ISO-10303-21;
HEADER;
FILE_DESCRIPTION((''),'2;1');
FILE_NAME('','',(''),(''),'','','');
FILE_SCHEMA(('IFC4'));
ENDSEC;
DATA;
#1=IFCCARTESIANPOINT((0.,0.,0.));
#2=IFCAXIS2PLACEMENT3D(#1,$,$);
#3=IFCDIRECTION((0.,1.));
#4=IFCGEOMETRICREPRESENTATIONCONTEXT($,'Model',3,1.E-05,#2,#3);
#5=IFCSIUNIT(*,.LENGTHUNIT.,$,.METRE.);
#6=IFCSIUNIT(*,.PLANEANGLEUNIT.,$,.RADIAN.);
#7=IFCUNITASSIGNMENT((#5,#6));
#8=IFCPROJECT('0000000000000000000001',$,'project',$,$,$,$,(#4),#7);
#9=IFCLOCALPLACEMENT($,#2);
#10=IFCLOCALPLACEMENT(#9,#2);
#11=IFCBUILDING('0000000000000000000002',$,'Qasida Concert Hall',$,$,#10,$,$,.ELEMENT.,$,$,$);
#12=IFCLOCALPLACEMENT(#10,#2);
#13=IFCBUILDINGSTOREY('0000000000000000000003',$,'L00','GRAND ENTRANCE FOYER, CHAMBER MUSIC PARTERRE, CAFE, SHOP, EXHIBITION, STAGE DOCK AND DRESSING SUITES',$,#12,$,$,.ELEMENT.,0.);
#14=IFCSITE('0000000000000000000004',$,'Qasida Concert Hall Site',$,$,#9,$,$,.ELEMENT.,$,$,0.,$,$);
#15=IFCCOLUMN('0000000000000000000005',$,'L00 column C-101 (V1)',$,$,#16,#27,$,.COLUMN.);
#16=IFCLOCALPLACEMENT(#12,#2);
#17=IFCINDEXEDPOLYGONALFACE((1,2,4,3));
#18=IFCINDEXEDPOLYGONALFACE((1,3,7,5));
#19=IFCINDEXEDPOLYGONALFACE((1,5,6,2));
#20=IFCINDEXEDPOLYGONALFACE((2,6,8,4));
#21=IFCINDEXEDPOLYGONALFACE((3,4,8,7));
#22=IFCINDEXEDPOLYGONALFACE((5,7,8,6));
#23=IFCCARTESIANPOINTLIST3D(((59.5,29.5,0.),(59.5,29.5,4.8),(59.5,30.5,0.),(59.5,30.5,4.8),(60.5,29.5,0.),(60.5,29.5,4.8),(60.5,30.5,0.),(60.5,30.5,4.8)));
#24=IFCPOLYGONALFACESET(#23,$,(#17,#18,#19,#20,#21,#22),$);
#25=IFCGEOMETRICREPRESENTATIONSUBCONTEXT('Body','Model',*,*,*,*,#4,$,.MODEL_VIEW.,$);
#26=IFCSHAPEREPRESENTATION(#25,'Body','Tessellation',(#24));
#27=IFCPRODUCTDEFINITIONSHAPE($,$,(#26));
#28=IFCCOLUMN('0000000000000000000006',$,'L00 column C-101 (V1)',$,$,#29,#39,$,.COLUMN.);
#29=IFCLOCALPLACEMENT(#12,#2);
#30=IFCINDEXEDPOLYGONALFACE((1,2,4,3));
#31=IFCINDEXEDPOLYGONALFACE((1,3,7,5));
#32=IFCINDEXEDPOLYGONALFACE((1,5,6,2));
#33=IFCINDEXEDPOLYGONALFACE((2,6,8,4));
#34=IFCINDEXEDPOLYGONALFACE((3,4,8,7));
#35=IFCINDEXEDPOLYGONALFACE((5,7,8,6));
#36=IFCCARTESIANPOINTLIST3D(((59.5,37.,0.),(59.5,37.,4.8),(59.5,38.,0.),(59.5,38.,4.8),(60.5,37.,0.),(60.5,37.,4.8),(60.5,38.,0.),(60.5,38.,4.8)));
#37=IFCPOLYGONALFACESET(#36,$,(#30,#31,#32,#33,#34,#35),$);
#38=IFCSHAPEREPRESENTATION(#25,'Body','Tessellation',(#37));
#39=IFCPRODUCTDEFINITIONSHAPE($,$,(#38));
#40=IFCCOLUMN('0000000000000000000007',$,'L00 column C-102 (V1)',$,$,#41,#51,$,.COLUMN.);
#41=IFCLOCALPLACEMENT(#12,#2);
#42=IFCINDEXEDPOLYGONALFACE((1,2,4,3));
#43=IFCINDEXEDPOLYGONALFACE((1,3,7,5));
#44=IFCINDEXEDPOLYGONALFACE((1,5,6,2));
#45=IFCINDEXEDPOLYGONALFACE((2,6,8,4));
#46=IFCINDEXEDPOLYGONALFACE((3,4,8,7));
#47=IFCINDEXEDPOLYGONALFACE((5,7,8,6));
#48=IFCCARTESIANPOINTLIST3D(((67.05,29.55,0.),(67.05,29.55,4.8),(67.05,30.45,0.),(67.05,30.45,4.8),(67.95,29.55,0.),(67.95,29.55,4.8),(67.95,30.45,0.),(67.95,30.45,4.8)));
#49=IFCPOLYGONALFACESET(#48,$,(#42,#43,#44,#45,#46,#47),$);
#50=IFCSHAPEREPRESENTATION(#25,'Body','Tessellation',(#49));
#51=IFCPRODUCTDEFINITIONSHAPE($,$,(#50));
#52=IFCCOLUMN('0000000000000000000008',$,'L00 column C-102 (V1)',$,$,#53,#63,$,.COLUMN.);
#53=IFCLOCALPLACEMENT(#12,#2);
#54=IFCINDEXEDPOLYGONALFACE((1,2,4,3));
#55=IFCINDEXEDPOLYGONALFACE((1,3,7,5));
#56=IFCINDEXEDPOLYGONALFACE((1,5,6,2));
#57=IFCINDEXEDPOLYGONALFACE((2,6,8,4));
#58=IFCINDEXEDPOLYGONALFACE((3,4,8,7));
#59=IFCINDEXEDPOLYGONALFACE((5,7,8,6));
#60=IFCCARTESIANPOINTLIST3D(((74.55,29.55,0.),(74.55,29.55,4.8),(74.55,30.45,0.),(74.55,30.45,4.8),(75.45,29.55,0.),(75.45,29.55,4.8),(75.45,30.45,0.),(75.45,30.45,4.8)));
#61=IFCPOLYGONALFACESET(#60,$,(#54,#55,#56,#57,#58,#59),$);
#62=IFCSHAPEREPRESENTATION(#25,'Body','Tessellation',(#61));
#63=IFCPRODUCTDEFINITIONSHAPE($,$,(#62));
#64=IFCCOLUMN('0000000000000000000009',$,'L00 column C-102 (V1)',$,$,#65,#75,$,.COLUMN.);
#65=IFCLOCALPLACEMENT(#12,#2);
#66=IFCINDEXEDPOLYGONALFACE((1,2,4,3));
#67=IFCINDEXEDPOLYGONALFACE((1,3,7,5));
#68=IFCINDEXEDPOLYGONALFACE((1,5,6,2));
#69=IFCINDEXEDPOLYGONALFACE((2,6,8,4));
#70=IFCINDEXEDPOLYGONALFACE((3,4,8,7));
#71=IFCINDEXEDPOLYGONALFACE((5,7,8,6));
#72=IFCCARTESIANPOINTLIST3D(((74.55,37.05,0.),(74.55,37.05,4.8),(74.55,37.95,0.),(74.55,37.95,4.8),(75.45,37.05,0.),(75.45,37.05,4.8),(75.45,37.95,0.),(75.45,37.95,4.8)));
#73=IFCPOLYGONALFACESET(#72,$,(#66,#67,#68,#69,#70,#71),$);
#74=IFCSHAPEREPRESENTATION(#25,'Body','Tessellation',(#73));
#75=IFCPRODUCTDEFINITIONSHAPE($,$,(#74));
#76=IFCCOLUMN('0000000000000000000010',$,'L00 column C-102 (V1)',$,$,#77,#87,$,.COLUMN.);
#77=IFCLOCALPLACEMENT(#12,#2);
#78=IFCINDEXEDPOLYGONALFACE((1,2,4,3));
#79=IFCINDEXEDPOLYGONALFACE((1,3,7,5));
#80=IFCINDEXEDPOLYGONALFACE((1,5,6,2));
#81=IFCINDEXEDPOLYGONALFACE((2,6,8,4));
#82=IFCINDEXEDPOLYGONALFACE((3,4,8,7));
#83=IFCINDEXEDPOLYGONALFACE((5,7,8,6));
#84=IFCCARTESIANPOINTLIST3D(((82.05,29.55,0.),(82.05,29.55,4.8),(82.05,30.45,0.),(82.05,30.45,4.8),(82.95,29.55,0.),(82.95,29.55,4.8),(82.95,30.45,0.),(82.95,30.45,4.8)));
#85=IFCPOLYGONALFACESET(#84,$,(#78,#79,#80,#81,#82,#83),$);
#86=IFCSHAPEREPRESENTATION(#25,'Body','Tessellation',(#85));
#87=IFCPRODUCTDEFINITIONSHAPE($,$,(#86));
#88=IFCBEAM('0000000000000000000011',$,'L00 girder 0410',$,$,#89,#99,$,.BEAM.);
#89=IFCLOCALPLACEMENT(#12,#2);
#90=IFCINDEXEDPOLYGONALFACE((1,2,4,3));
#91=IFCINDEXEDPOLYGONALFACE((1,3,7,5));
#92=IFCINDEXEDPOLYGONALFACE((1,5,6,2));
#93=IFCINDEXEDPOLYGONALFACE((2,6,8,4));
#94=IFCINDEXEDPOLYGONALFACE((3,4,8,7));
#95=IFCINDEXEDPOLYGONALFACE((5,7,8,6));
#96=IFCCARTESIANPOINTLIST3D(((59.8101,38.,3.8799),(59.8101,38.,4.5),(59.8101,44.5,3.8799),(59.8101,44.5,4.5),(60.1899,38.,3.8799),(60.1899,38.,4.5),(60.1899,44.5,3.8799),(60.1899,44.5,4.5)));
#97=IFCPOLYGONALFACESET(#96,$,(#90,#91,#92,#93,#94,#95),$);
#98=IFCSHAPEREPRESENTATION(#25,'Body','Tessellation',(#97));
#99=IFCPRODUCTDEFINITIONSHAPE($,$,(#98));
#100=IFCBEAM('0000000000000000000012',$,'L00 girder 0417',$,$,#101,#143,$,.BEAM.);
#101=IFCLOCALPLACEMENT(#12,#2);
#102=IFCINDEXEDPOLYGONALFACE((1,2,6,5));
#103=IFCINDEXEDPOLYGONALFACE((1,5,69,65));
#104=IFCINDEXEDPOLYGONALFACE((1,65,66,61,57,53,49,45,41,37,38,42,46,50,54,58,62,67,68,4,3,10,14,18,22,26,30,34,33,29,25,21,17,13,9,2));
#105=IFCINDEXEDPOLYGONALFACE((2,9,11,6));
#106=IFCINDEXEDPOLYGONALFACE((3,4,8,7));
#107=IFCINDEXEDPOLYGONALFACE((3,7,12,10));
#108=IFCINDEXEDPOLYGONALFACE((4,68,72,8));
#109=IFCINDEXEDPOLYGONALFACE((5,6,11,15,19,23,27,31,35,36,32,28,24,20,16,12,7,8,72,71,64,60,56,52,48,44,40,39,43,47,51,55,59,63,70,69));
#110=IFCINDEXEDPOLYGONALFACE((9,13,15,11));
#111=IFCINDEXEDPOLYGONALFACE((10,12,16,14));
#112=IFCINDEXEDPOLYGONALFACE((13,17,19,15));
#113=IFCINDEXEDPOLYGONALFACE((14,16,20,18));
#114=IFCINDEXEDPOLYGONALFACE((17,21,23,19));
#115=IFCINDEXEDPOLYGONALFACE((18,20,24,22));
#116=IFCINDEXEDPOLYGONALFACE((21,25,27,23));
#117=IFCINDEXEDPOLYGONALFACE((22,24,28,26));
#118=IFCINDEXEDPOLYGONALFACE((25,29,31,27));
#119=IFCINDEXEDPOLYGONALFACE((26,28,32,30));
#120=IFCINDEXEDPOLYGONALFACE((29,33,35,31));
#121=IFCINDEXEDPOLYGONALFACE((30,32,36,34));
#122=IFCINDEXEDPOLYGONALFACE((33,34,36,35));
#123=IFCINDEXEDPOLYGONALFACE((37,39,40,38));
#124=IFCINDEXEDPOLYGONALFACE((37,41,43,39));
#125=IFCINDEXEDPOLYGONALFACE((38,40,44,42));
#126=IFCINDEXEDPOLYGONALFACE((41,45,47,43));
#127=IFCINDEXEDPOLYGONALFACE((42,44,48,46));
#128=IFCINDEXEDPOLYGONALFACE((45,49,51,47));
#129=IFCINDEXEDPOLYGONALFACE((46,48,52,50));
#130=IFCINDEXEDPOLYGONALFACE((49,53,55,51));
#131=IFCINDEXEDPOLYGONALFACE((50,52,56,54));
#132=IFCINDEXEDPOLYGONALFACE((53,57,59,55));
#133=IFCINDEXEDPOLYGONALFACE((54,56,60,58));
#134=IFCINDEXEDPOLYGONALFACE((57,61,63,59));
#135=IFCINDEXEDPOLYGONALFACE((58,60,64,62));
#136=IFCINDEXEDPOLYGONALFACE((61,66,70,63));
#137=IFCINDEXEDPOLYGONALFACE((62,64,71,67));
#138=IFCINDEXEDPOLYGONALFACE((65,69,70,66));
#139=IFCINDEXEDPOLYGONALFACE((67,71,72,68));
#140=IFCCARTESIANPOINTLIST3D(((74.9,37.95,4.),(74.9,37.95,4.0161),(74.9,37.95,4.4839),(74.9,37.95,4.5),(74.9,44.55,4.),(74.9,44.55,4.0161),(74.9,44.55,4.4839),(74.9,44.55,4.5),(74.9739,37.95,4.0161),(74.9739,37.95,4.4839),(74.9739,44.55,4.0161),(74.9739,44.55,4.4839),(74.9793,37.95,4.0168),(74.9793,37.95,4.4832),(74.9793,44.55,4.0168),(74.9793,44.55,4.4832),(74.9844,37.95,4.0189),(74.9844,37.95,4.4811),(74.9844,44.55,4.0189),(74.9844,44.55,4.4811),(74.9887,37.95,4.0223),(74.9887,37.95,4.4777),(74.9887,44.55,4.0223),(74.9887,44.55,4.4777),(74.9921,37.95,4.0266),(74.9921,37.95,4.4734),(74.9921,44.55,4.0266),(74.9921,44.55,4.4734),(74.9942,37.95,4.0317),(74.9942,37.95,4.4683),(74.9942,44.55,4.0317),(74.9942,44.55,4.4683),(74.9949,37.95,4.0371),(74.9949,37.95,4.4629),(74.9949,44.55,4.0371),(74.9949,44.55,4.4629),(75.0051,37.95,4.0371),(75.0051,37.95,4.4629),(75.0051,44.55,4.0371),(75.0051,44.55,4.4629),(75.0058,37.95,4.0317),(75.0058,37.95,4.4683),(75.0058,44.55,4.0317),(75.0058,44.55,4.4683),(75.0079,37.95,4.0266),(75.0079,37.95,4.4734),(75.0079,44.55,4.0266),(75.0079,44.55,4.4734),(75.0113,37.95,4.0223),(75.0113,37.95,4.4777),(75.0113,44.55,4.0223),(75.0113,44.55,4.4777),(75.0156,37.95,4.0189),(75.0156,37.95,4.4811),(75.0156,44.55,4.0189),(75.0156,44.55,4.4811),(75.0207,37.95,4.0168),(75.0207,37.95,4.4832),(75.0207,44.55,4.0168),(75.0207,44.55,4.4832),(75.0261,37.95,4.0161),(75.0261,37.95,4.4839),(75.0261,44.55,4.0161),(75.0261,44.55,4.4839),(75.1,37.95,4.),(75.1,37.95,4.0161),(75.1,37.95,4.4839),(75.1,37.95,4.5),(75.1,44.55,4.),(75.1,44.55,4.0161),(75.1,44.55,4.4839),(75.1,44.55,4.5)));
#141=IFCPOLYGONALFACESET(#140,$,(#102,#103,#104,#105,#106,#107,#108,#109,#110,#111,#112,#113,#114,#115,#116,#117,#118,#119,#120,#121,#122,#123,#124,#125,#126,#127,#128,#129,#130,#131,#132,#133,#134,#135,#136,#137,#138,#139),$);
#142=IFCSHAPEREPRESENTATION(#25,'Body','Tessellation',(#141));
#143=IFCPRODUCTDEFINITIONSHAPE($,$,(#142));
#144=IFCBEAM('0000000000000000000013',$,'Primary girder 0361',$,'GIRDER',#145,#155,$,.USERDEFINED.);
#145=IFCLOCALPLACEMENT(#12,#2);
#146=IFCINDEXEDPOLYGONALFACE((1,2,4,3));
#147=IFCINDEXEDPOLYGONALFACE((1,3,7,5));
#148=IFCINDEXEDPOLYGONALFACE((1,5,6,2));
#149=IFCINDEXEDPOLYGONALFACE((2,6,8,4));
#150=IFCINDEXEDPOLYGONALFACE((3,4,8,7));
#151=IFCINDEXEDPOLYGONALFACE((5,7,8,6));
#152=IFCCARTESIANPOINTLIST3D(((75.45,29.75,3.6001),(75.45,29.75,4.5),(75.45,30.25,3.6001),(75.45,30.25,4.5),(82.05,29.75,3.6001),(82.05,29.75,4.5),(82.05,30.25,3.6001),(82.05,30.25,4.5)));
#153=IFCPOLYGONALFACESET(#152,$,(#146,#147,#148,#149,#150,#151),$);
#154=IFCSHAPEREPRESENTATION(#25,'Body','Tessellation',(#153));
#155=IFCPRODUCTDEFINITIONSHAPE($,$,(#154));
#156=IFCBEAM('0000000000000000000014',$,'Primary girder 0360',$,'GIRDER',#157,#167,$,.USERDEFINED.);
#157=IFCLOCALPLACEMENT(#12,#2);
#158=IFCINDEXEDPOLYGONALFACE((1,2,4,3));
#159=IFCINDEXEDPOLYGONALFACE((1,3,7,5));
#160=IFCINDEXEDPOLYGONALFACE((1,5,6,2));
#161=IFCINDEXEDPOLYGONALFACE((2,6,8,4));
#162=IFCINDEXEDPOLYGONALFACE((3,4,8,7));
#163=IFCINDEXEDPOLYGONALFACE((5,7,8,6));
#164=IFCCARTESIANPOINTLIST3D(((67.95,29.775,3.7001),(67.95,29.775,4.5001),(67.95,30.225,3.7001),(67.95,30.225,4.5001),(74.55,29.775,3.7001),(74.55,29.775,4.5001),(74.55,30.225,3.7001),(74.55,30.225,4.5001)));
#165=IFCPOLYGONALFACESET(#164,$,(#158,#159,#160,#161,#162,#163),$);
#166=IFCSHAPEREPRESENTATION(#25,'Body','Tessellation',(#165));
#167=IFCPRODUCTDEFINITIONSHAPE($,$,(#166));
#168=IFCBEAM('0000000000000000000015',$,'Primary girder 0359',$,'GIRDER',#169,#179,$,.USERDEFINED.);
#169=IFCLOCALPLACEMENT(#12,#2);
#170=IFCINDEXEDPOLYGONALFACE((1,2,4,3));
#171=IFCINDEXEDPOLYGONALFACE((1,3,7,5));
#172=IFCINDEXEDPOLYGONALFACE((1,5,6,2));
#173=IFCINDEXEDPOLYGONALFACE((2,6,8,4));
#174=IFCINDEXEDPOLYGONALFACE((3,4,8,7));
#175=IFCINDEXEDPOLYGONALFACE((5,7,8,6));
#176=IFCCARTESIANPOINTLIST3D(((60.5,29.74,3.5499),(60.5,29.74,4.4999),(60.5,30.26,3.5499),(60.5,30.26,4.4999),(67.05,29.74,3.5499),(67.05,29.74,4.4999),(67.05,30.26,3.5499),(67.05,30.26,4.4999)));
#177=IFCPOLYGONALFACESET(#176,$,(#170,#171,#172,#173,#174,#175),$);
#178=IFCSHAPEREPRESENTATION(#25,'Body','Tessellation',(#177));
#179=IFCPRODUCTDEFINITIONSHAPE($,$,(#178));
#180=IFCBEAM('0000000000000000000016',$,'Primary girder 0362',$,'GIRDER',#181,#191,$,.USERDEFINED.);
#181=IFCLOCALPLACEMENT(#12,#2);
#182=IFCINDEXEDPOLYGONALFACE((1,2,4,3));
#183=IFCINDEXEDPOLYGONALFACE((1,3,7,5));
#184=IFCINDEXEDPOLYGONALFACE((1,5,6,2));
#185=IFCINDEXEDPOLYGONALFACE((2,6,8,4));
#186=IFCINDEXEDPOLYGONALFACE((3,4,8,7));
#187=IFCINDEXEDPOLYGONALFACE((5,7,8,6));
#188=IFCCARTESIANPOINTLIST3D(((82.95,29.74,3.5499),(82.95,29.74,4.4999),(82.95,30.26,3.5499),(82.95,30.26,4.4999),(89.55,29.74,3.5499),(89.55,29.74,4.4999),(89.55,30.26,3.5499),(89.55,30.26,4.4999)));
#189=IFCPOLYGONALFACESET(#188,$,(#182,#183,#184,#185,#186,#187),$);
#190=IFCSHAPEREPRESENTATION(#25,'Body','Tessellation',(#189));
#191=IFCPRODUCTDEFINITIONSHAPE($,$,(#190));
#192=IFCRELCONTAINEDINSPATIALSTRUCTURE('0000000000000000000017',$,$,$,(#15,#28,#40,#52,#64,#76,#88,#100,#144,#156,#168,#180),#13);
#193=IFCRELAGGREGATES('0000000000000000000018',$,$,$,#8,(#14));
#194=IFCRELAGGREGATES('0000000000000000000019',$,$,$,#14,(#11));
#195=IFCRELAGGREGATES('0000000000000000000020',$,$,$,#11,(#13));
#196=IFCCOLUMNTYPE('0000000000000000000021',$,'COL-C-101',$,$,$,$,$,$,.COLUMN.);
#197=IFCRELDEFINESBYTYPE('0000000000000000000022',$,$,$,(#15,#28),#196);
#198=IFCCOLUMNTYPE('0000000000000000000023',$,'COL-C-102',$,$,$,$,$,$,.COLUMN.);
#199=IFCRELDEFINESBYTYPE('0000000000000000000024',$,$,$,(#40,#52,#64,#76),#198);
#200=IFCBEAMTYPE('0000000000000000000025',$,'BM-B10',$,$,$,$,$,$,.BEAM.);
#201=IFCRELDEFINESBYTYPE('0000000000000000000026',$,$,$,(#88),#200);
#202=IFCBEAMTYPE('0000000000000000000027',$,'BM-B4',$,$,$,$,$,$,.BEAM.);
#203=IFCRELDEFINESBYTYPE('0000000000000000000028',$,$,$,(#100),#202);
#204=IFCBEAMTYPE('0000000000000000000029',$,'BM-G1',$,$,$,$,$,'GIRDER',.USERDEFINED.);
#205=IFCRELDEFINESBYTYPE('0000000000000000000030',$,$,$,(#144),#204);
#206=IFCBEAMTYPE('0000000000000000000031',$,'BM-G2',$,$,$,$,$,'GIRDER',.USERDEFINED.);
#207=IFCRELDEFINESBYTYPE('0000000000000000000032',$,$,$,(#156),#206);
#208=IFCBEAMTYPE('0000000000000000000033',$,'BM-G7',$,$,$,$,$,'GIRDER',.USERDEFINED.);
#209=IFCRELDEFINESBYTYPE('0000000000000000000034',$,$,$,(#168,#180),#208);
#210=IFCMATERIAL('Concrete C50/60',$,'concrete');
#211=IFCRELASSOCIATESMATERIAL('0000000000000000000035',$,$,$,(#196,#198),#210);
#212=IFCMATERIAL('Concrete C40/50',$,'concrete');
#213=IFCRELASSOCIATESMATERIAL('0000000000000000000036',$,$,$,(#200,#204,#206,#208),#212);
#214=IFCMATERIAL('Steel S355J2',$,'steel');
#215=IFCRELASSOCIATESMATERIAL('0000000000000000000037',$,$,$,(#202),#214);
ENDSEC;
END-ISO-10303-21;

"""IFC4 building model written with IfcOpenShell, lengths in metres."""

from ifc_helpers import new_model, si_unit, direction, frame, origin, origin_2d, place, context, subcontext, project, spatial, rectangle, i_section, extrude, material, material_profile, profile_set, type_object, element, save


model = new_model("IFC4")

# Units and contexts
model_context = context("Model", 3, precision=1e-05, world=origin(), true_north=direction((0.0, 1.0)))
body_context = subcontext(model_context, "Body", "Model", "MODEL_VIEW")
ifc_project = project(units=[si_unit("LENGTHUNIT", "METRE"), si_unit("PLANEANGLEUNIT", "RADIAN")], contexts=[model_context])

# Site, building, storey
site_placement = place(None, origin())
site = spatial("IfcSite", under=ifc_project, at=site_placement, Name="Qasida Concert Hall Site", CompositionType="ELEMENT", RefElevation=0.0)
building_placement = place(site_placement, origin())
building = spatial("IfcBuilding", under=site, at=building_placement, Name="Qasida Concert Hall", CompositionType="ELEMENT")
storey_placement = place(building_placement, origin())
storey = spatial("IfcBuildingStorey", under=building, at=storey_placement, Name="L00", Description="GRAND ENTRANCE FOYER, CHAMBER MUSIC PARTERRE, CAFE, SHOP, EXHIBITION, STAGE DOCK AND DRESSING SUITES", CompositionType="ELEMENT", Elevation=0.0)

# Columns
ifc_material_1 = material(Name="Concrete C50/60", Category="concrete")
ifc_material_profile_1 = material_profile(ifc_material_1, rectangle(XDim=1.0, YDim=1.0, at=origin_2d()), Name="RC 1000x1000")
ifc_profile_set_1 = profile_set([ifc_material_profile_1], Name="Concrete C50/60")
column_type_1 = type_object("IfcColumnType", Name="COL-C-101", PredefinedType="COLUMN", material=ifc_profile_set_1)
for number, where, z_axis, x_axis, name in (
    (1, (60.0, 30.0, 0.0), (0.0, 0.0, 1.0), (1.0, 0.0, 0.0), "L00 column C-101 (V1)"),
    (2, (60.0, 37.5, 0.0), (0.0, 0.0, 1.0), (1.0, 0.0, 0.0), "L00 column C-101 (V1)"),
):
    element("IfcColumn", number, at=place(storey_placement, frame(where, z_axis=z_axis, x_axis=x_axis)), inside=storey, type_object=column_type_1, Name=name, PredefinedType="COLUMN", context=body_context, shape_type="SweptSolid", body=[
        extrude(rectangle(XDim=1.0, YDim=1.0, at=origin_2d()), origin(), (0.0, 0.0, 1.0), 4.8),
    ])
ifc_material_profile_2 = material_profile(ifc_material_1, rectangle(XDim=0.8999, YDim=0.8999, at=origin_2d()), Name="RC 900x900")
ifc_profile_set_2 = profile_set([ifc_material_profile_2], Name="Concrete C50/60")
column_type_2 = type_object("IfcColumnType", Name="COL-C-102", PredefinedType="COLUMN", material=ifc_profile_set_2)
for number, where, z_axis, x_axis, name in (
    (3, (67.5, 30.0, 0.0), (0.0, 0.0, 1.0), (1.0, 0.0, 0.0), "L00 column C-102 (V1)"),
    (4, (75.0, 30.0, 0.0), (0.0, 0.0, 1.0), (1.0, 0.0, 0.0), "L00 column C-102 (V1)"),
    (5, (75.0, 37.5, 0.0), (0.0, 0.0, 1.0), (1.0, 0.0, 0.0), "L00 column C-102 (V1)"),
    (6, (82.5, 30.0, 0.0), (0.0, 0.0, 1.0), (1.0, 0.0, 0.0), "L00 column C-102 (V1)"),
):
    element("IfcColumn", number, at=place(storey_placement, frame(where, z_axis=z_axis, x_axis=x_axis)), inside=storey, type_object=column_type_2, Name=name, PredefinedType="COLUMN", context=body_context, shape_type="SweptSolid", body=[
        extrude(rectangle(XDim=0.8999, YDim=0.8999, at=origin_2d()), origin(), (0.0, 0.0, 1.0), 4.8),
    ])

# Beams
ifc_material_2 = material(Name="Concrete C40/50", Category="concrete")
ifc_material_profile_3 = material_profile(ifc_material_2, rectangle(XDim=0.3799, YDim=0.6201, at=origin_2d()), Name="RC 380x620")
ifc_profile_set_3 = profile_set([ifc_material_profile_3], Name="Concrete C40/50")
beam_type_1 = type_object("IfcBeamType", Name="BM-B10", PredefinedType="BEAM", material=ifc_profile_set_3)
beam_1_placement = place(storey_placement, frame((60.0, 38.0, 4.1899), z_axis=(0.0, 1.0, 0.0), x_axis=(-1.0, 0.0, 0.0)))
element("IfcBeam", 7, at=beam_1_placement, inside=storey, type_object=beam_type_1, Name="L00 girder 0410", PredefinedType="BEAM", context=body_context, shape_type="SweptSolid", body=[
    extrude(rectangle(XDim=0.3799, YDim=0.6201, at=origin_2d()), origin(), (0.0, 0.0, 1.0), 6.5),
])
ifc_material_3 = material(Name="Steel S355J2", Category="steel")
ifc_material_profile_4 = material_profile(ifc_material_3, i_section(OverallWidth=0.2, OverallDepth=0.5, WebThickness=0.0103, FlangeThickness=0.0161, FilletRadius=0.021, at=origin_2d()), Name="IPE 500")
ifc_profile_set_4 = profile_set([ifc_material_profile_4], Name="Steel S355J2")
beam_type_2 = type_object("IfcBeamType", Name="BM-B4", PredefinedType="BEAM", material=ifc_profile_set_4)
beam_2_placement = place(storey_placement, frame((75.0, 37.95, 4.25), z_axis=(0.0, 1.0, 0.0), x_axis=(-1.0, 0.0, 0.0)))
element("IfcBeam", 8, at=beam_2_placement, inside=storey, type_object=beam_type_2, Name="L00 girder 0417", PredefinedType="BEAM", context=body_context, shape_type="SweptSolid", body=[
    extrude(i_section(OverallWidth=0.2, OverallDepth=0.5, WebThickness=0.0103, FlangeThickness=0.0161, FilletRadius=0.021, at=origin_2d()), origin(), (0.0, 0.0, 1.0), 6.6001),
])
ifc_material_profile_5 = material_profile(ifc_material_2, rectangle(XDim=0.5, YDim=0.8999, at=origin_2d()), Name="RC 500x900")
ifc_profile_set_5 = profile_set([ifc_material_profile_5], Name="Concrete C40/50")
beam_type_3 = type_object("IfcBeamType", Name="BM-G1", ElementType="GIRDER", PredefinedType="USERDEFINED", material=ifc_profile_set_5)
beam_3_placement = place(storey_placement, frame((75.45, 30.0, 4.05), z_axis=(1.0, 0.0, 0.0), x_axis=(0.0, 1.0, 0.0)))
element("IfcBeam", 9, at=beam_3_placement, inside=storey, type_object=beam_type_3, Name="Primary girder 0361", ObjectType="GIRDER", PredefinedType="USERDEFINED", context=body_context, shape_type="SweptSolid", body=[
    extrude(rectangle(XDim=0.5, YDim=0.8999, at=origin_2d()), origin(), (0.0, 0.0, 1.0), 6.6001),
])
ifc_material_profile_6 = material_profile(ifc_material_2, rectangle(XDim=0.45, YDim=0.8, at=origin_2d()), Name="RC 450x800")
ifc_profile_set_6 = profile_set([ifc_material_profile_6], Name="Concrete C40/50")
beam_type_4 = type_object("IfcBeamType", Name="BM-G2", ElementType="GIRDER", PredefinedType="USERDEFINED", material=ifc_profile_set_6)
beam_4_placement = place(storey_placement, frame((67.95, 30.0, 4.1001), z_axis=(1.0, 0.0, 0.0), x_axis=(0.0, 1.0, 0.0)))
element("IfcBeam", 10, at=beam_4_placement, inside=storey, type_object=beam_type_4, Name="Primary girder 0360", ObjectType="GIRDER", PredefinedType="USERDEFINED", context=body_context, shape_type="SweptSolid", body=[
    extrude(rectangle(XDim=0.45, YDim=0.8, at=origin_2d()), origin(), (0.0, 0.0, 1.0), 6.6001),
])
ifc_material_profile_7 = material_profile(ifc_material_2, rectangle(XDim=0.52, YDim=0.95, at=origin_2d()), Name="RC 520x950")
ifc_profile_set_7 = profile_set([ifc_material_profile_7], Name="Concrete C40/50")
beam_type_5 = type_object("IfcBeamType", Name="BM-G7", ElementType="GIRDER", PredefinedType="USERDEFINED", material=ifc_profile_set_7)
beam_5_placement = place(storey_placement, frame((60.5, 30.0, 4.0249), z_axis=(1.0, 0.0, 0.0), x_axis=(0.0, 1.0, 0.0)))
element("IfcBeam", 11, at=beam_5_placement, inside=storey, type_object=beam_type_5, Name="Primary girder 0359", ObjectType="GIRDER", PredefinedType="USERDEFINED", context=body_context, shape_type="SweptSolid", body=[
    extrude(rectangle(XDim=0.52, YDim=0.95, at=origin_2d()), origin(), (0.0, 0.0, 1.0), 6.55),
])
beam_6_placement = place(storey_placement, frame((82.95, 30.0, 4.0249), z_axis=(1.0, 0.0, 0.0), x_axis=(0.0, 1.0, 0.0)))
element("IfcBeam", 12, at=beam_6_placement, inside=storey, type_object=beam_type_5, Name="Primary girder 0362", ObjectType="GIRDER", PredefinedType="USERDEFINED", context=body_context, shape_type="SweptSolid", body=[
    extrude(rectangle(XDim=0.52, YDim=0.95, at=origin_2d()), origin(), (0.0, 0.0, 1.0), 6.6001),
])

save(model, "model.ifc")
